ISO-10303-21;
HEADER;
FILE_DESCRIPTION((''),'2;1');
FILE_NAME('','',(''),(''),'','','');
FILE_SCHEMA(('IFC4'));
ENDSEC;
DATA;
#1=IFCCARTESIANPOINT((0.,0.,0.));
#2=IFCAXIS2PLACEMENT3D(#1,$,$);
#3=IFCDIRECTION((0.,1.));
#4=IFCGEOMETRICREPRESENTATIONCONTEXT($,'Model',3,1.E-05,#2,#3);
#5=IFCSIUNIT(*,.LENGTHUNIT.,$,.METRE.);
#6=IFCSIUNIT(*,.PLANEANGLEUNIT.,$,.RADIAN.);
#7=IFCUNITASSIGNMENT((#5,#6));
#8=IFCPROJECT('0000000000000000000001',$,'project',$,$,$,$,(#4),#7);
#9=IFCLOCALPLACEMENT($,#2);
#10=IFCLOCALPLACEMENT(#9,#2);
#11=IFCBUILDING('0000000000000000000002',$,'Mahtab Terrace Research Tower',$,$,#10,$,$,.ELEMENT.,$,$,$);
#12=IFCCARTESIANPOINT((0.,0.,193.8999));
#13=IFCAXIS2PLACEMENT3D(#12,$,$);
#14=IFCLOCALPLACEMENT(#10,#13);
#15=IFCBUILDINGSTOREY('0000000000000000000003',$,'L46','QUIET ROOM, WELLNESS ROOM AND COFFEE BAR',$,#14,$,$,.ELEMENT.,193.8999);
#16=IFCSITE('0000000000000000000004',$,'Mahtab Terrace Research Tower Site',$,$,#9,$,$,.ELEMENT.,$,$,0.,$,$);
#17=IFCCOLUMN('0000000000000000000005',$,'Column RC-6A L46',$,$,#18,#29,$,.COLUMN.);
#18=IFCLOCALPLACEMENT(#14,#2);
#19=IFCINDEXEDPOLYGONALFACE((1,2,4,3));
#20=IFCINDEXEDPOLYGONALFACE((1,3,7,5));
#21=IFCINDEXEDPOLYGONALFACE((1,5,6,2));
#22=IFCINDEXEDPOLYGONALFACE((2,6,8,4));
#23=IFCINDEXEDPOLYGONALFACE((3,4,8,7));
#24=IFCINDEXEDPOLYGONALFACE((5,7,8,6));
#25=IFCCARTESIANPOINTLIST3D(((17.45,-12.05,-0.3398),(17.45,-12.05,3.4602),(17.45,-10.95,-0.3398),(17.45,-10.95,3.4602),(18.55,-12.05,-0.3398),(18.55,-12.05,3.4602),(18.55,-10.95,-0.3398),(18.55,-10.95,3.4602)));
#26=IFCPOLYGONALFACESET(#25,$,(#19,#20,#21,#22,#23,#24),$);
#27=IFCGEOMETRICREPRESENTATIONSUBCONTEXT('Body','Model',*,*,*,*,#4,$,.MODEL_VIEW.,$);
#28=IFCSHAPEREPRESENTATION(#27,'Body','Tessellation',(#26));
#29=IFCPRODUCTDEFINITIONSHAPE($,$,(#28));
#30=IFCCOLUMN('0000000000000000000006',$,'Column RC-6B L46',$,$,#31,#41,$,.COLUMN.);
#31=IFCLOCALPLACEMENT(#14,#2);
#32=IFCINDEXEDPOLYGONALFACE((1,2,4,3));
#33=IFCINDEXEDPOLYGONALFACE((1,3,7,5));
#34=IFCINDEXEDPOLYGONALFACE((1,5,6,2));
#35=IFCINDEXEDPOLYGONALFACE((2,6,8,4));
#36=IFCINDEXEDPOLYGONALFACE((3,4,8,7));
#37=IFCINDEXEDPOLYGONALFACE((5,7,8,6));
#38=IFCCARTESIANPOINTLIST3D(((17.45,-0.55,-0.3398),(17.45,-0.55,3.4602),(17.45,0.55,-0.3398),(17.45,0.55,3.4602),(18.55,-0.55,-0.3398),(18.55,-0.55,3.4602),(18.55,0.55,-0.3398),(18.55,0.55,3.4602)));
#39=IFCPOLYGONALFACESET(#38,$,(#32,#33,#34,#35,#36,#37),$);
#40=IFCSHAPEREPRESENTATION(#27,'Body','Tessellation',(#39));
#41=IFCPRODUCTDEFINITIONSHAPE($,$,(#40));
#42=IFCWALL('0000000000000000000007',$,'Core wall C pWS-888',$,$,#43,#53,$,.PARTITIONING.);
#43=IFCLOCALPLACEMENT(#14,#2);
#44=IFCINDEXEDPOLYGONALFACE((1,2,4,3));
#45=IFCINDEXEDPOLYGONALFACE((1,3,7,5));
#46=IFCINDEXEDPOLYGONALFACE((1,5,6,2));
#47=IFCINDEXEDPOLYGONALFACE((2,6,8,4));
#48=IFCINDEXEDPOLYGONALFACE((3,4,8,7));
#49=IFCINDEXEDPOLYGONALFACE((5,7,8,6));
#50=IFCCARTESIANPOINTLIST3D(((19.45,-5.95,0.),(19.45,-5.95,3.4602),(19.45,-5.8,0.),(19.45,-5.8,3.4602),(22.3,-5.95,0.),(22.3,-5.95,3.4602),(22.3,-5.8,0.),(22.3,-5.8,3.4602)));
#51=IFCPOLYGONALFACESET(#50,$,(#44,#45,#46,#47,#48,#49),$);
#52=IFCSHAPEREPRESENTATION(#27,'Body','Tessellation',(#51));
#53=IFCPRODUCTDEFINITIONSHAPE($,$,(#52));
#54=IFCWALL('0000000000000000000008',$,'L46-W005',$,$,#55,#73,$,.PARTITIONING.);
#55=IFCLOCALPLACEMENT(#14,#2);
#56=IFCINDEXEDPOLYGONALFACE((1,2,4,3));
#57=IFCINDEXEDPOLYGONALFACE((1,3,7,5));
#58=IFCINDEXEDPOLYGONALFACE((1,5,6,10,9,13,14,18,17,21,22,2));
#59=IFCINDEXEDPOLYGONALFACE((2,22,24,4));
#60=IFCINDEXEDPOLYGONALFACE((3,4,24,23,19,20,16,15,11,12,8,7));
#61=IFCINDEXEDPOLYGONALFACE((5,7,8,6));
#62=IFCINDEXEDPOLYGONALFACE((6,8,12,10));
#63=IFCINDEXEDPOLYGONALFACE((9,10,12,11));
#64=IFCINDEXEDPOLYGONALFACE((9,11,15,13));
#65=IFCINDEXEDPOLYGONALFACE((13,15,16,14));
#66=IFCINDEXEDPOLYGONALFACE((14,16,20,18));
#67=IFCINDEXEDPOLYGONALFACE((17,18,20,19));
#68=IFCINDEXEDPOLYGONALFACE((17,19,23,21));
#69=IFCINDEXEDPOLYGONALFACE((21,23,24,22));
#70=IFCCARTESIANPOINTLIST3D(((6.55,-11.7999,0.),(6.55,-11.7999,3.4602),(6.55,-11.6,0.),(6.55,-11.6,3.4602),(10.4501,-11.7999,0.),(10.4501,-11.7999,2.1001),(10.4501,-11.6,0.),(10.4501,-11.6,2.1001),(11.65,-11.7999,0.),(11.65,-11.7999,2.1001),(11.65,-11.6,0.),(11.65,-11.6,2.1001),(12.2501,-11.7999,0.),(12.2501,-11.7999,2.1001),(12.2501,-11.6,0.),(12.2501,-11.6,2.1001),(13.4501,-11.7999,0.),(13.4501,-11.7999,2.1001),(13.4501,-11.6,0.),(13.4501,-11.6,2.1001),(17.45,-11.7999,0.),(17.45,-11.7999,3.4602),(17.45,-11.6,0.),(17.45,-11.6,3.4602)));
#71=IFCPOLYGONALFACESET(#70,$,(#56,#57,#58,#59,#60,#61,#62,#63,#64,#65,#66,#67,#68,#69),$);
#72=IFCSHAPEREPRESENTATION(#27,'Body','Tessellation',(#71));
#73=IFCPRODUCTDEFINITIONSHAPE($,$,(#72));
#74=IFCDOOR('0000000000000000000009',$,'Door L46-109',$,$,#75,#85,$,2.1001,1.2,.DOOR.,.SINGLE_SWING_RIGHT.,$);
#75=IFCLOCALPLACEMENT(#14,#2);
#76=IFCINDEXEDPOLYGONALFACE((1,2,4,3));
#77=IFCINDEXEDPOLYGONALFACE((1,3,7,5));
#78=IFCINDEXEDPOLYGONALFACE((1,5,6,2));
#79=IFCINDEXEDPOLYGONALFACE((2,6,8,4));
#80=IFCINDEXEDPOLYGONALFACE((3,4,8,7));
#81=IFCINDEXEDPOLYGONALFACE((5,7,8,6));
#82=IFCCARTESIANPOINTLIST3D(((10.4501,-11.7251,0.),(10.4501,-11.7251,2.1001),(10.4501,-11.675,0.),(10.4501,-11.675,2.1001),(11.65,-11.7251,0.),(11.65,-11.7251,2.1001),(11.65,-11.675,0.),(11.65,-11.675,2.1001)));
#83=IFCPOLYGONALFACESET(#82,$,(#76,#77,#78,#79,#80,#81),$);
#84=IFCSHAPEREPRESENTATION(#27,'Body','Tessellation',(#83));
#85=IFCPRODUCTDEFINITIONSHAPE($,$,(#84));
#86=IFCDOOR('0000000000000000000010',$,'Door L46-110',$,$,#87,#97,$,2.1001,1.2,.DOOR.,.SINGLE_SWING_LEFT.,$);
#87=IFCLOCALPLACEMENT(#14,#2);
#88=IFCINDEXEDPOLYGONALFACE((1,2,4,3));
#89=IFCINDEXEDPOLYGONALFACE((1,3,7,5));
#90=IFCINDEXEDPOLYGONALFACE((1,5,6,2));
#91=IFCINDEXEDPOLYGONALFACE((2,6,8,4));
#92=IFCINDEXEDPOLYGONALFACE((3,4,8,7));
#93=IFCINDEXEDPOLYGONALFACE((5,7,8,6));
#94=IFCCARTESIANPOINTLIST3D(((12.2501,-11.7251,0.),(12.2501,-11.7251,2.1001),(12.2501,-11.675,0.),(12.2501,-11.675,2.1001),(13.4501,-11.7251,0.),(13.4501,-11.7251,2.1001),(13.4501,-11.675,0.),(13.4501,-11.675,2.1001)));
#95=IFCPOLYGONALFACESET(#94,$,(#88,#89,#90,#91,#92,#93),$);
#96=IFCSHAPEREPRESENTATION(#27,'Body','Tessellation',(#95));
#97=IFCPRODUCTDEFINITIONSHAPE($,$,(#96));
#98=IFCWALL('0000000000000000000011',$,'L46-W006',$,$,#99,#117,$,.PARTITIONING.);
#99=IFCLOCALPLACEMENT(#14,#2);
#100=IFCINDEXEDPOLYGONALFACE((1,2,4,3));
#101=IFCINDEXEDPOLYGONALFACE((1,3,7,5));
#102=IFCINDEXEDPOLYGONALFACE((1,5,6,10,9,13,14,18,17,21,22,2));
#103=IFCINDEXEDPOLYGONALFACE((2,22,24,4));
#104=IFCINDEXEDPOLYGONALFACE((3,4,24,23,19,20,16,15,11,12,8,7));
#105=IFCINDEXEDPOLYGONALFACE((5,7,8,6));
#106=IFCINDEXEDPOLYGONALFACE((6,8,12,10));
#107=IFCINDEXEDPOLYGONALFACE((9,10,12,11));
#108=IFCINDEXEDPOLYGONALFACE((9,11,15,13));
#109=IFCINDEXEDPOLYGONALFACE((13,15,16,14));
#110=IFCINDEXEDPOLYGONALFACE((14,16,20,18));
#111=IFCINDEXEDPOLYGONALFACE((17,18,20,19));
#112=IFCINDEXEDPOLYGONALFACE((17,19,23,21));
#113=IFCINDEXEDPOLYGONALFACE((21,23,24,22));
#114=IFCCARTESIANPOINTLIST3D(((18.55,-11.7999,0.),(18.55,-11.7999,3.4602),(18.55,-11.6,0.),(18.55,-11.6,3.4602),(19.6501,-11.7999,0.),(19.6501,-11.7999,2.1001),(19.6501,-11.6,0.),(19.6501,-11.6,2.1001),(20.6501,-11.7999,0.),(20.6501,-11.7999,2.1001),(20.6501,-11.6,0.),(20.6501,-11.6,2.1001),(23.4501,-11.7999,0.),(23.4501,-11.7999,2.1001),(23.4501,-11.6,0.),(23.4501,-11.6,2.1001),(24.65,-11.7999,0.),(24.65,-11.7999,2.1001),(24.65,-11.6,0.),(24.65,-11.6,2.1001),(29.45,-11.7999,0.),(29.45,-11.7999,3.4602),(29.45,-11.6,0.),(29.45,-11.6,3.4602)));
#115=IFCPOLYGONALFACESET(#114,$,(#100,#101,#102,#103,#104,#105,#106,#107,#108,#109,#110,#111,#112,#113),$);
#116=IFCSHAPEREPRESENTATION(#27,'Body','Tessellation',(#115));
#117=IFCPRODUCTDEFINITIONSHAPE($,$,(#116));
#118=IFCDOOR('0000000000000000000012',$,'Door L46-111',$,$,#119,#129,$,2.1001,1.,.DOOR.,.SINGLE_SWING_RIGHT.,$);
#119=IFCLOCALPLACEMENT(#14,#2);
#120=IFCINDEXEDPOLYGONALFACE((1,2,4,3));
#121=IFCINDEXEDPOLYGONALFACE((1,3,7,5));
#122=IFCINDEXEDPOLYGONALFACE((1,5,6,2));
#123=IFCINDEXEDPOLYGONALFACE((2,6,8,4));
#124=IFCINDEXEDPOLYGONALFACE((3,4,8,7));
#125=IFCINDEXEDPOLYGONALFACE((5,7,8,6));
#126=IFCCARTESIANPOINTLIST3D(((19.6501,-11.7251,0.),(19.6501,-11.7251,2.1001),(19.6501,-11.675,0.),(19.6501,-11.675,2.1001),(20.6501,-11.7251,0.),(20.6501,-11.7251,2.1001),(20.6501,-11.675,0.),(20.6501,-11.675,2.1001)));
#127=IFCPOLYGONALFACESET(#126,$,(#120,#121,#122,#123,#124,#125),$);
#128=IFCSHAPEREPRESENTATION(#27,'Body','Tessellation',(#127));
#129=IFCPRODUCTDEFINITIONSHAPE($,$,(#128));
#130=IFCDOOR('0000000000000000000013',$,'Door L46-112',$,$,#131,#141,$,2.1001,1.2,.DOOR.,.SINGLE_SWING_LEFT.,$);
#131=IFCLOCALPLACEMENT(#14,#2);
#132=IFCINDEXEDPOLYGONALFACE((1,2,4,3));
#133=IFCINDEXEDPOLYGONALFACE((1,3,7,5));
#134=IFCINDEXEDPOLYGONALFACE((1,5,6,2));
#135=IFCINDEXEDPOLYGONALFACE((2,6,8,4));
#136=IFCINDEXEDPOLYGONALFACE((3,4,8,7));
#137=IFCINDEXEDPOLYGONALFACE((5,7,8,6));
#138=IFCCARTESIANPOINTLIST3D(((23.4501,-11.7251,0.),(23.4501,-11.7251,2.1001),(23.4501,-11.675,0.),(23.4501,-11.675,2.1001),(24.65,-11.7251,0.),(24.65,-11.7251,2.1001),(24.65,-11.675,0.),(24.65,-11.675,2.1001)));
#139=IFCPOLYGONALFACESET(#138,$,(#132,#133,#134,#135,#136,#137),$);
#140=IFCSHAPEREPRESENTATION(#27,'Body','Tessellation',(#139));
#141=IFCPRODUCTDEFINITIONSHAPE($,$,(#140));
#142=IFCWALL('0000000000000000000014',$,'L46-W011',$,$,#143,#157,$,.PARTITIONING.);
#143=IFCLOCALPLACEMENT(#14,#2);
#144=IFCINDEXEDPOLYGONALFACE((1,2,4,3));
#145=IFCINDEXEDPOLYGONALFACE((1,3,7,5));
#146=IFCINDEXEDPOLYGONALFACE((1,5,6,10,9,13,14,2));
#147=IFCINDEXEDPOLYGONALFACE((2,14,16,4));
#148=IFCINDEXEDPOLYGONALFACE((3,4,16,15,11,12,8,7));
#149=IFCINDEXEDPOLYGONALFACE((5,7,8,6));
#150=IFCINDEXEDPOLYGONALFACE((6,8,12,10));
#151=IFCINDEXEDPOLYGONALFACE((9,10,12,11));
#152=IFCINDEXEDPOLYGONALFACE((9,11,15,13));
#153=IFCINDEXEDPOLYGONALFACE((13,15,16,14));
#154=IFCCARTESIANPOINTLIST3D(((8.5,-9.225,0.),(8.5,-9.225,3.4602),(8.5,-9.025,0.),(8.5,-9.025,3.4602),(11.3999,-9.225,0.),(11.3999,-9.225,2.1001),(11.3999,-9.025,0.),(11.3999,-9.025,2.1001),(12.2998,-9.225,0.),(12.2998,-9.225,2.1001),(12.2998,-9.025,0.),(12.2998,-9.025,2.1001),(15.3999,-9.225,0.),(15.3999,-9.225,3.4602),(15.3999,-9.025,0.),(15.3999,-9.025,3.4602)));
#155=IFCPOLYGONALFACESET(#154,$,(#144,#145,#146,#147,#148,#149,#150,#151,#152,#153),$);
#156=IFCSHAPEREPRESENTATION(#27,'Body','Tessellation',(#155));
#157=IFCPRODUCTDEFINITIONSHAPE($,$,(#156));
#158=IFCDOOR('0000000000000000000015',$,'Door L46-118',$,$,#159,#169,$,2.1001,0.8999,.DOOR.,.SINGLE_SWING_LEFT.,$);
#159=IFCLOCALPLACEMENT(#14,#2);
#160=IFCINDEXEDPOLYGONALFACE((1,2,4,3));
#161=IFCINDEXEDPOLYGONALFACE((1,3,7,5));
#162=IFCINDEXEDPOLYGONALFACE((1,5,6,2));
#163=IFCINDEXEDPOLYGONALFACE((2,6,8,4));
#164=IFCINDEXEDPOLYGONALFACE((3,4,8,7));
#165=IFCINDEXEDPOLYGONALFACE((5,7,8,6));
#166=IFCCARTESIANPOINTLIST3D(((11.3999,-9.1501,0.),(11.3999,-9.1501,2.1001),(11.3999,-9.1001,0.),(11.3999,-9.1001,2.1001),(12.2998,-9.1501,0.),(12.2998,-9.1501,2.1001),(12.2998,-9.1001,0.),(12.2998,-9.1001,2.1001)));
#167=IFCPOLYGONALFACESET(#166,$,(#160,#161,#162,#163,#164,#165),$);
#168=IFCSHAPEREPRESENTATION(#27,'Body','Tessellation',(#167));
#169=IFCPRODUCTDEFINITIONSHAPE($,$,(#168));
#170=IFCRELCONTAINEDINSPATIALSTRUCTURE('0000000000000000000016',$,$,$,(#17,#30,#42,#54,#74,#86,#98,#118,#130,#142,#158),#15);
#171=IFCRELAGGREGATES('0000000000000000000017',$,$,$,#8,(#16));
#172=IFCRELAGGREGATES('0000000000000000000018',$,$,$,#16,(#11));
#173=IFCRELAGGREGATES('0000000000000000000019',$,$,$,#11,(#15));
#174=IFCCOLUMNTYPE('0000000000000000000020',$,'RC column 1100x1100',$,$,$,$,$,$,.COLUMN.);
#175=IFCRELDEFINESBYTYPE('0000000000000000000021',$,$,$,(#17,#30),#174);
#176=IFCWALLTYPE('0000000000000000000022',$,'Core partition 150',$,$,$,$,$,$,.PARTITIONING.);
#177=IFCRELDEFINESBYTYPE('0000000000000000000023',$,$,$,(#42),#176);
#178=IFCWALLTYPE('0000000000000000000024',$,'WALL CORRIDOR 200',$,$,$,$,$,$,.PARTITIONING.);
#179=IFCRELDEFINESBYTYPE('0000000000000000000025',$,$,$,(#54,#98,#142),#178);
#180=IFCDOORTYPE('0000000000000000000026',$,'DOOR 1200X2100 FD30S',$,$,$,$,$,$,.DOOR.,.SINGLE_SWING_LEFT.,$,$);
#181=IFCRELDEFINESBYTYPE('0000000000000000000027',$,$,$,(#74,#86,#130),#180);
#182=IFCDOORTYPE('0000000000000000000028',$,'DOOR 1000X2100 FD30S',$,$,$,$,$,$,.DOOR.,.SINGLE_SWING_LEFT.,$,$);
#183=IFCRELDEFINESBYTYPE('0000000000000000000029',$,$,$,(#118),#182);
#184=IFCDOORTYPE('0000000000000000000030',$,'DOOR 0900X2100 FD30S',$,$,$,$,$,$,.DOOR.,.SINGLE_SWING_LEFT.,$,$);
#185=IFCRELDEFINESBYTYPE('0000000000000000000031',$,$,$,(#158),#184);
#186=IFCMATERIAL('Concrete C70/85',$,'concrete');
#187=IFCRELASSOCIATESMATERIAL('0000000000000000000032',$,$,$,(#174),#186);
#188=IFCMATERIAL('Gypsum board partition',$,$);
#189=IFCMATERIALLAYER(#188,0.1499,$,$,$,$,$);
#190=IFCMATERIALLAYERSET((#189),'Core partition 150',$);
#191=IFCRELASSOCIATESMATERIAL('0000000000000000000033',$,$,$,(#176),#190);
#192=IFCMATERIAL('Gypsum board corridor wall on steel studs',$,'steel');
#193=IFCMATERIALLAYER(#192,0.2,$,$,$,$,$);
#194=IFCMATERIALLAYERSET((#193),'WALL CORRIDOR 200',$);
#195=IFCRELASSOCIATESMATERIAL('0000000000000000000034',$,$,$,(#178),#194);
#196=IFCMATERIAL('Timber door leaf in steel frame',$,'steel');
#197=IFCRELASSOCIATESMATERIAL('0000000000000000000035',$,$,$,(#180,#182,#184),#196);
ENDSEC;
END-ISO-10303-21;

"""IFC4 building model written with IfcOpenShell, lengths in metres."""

from ifc_helpers import new_model, si_unit, direction, frame, frame_2d, origin, origin_2d, place, context, subcontext, project, spatial, rectangle, extrude, material, layer, layer_set, material_profile, profile_set, type_object, element, fill, save


model = new_model("IFC4")

# Units and contexts
model_context = context("Model", 3, precision=1e-05, world=origin(), true_north=direction((0.0, 1.0)))
body_context = subcontext(model_context, "Body", "Model", "MODEL_VIEW")
ifc_project = project(units=[si_unit("LENGTHUNIT", "METRE"), si_unit("PLANEANGLEUNIT", "RADIAN")], contexts=[model_context])

# Site, building, storey
site_placement = place(None, origin())
site = spatial("IfcSite", under=ifc_project, at=site_placement, Name="Mahtab Terrace Research Tower Site", CompositionType="ELEMENT", RefElevation=0.0)
building_placement = place(site_placement, origin())
building = spatial("IfcBuilding", under=site, at=building_placement, Name="Mahtab Terrace Research Tower", CompositionType="ELEMENT")
storey_placement = place(building_placement, frame((0.0, 0.0, 193.8999)))
storey = spatial("IfcBuildingStorey", under=building, at=storey_placement, Name="L46", Description="QUIET ROOM, WELLNESS ROOM AND COFFEE BAR", CompositionType="ELEMENT", Elevation=193.8999)

# Columns
ifc_material_1 = material(Name="Concrete C70/85", Category="concrete")
ifc_material_profile = material_profile(ifc_material_1, rectangle(XDim=1.1001, YDim=1.1001, at=origin_2d()), Name="RC column 1100x1100")
ifc_profile_set = profile_set([ifc_material_profile], Name="Concrete C70/85")
column_type = type_object("IfcColumnType", Name="RC column 1100x1100", PredefinedType="COLUMN", material=ifc_profile_set)
for number, where, z_axis, x_axis, name in (
    (1, (18.0, -11.5, -0.3398), (0.0, 0.0, 1.0), (1.0, 0.0, 0.0), "Column RC-6A L46"),
    (2, (18.0, 0.0, -0.3398), (0.0, 0.0, 1.0), (1.0, 0.0, 0.0), "Column RC-6B L46"),
):
    element("IfcColumn", number, at=place(storey_placement, frame(where, z_axis=z_axis, x_axis=x_axis)), inside=storey, type_object=column_type, Name=name, PredefinedType="COLUMN", context=body_context, shape_type="SweptSolid", body=[
        extrude(rectangle(XDim=1.1001, YDim=1.1001, at=origin_2d()), origin(), (0.0, 0.0, 1.0), 3.8),
    ])

# Wall
ifc_material_2 = material(Name="Gypsum board partition")
ifc_layer_1 = layer(ifc_material_2, 0.1499)
ifc_layer_set_1 = layer_set([ifc_layer_1], Name="Core partition 150")
wall_type_1 = type_object("IfcWallType", Name="Core partition 150", PredefinedType="PARTITIONING", material=ifc_layer_set_1)
wall_1_placement = place(storey_placement, frame((19.45, -5.875, 0.0), z_axis=(0.0, 0.0, 1.0), x_axis=(1.0, 0.0, 0.0)))
element("IfcWall", 3, at=wall_1_placement, inside=storey, type_object=wall_type_1, Name="Core wall C pWS-888", PredefinedType="PARTITIONING", context=body_context, shape_type="SweptSolid", body=[
    extrude(rectangle(XDim=2.8501, YDim=0.1499, at=frame_2d((1.425, 0.0))), origin(), (0.0, 0.0, 1.0), 3.4602),
])

# Walls, openings, doors
ifc_material_3 = material(Name="Gypsum board corridor wall on steel studs", Category="steel")
ifc_layer_2 = layer(ifc_material_3, 0.2)
ifc_layer_set_2 = layer_set([ifc_layer_2], Name="WALL CORRIDOR 200")
wall_type_2 = type_object("IfcWallType", Name="WALL CORRIDOR 200", PredefinedType="PARTITIONING", material=ifc_layer_set_2)
wall_2_placement = place(storey_placement, frame((6.55, -11.7, 0.0), z_axis=(0.0, 0.0, 1.0), x_axis=(1.0, 0.0, 0.0)))
wall_2 = element("IfcWall", 4, at=wall_2_placement, inside=storey, type_object=wall_type_2, Name="L46-W005", PredefinedType="PARTITIONING", context=body_context, shape_type="SweptSolid", body=[
    extrude(rectangle(XDim=10.8999, YDim=0.2, at=frame_2d((5.45, 0.0))), origin(), (0.0, 0.0, 1.0), 3.4602),
])
opening_1_placement = place(wall_2_placement, frame((3.8999, 0.0, 0.0)))
opening_1 = element("IfcOpeningElement", 5, at=opening_1_placement, cuts=wall_2, PredefinedType="OPENING", context=body_context, shape_type="SweptSolid", body=[
    extrude(rectangle(XDim=1.2, YDim=2.1001, at=frame_2d((0.6001, 1.05))), frame((0.0, 0.1099, 0.0), z_axis=(0.0, -1.0, 0.0), x_axis=(1.0, 0.0, 0.0)), (0.0, 0.0, 1.0), 0.22),
])
opening_2_placement = place(wall_2_placement, frame((5.7, 0.0, 0.0)))
opening_2 = element("IfcOpeningElement", 6, at=opening_2_placement, cuts=wall_2, PredefinedType="OPENING", context=body_context, shape_type="SweptSolid", body=[
    extrude(rectangle(XDim=1.2, YDim=2.1001, at=frame_2d((0.6001, 1.05))), frame((0.0, 0.1099, 0.0), z_axis=(0.0, -1.0, 0.0), x_axis=(1.0, 0.0, 0.0)), (0.0, 0.0, 1.0), 0.22),
])
ifc_material_4 = material(Name="Timber door leaf in steel frame", Category="steel")
door_type_1 = type_object("IfcDoorType", Name="DOOR 1200X2100 FD30S", OperationType="SINGLE_SWING_LEFT", PredefinedType="DOOR", material=ifc_material_4)
door_1_placement = place(opening_1_placement, origin())
door_1 = element("IfcDoor", 7, at=door_1_placement, inside=storey, type_object=door_type_1, Name="Door L46-109", OperationType="SINGLE_SWING_RIGHT", OverallHeight=2.1001, OverallWidth=1.2, PredefinedType="DOOR", context=body_context, shape_type="SweptSolid", body=[
    extrude(rectangle(XDim=1.2, YDim=2.1001, at=frame_2d((0.6001, 1.05))), frame((0.0, 0.0249, 0.0), z_axis=(0.0, -1.0, 0.0), x_axis=(1.0, 0.0, 0.0)), (0.0, 0.0, 1.0), 0.05),
])
fill(opening_1, door_1)
door_2_placement = place(opening_2_placement, origin())
door_2 = element("IfcDoor", 8, at=door_2_placement, inside=storey, type_object=door_type_1, Name="Door L46-110", OperationType="SINGLE_SWING_LEFT", OverallHeight=2.1001, OverallWidth=1.2, PredefinedType="DOOR", context=body_context, shape_type="SweptSolid", body=[
    extrude(rectangle(XDim=1.2, YDim=2.1001, at=frame_2d((0.6001, 1.05))), frame((0.0, 0.0249, 0.0), z_axis=(0.0, -1.0, 0.0), x_axis=(1.0, 0.0, 0.0)), (0.0, 0.0, 1.0), 0.05),
])
fill(opening_2, door_2)
wall_3_placement = place(storey_placement, frame((18.55, -11.7, 0.0), z_axis=(0.0, 0.0, 1.0), x_axis=(1.0, 0.0, 0.0)))
wall_3 = element("IfcWall", 9, at=wall_3_placement, inside=storey, type_object=wall_type_2, Name="L46-W006", PredefinedType="PARTITIONING", context=body_context, shape_type="SweptSolid", body=[
    extrude(rectangle(XDim=10.8999, YDim=0.2, at=frame_2d((5.45, 0.0))), origin(), (0.0, 0.0, 1.0), 3.4602),
])
opening_3_placement = place(wall_3_placement, frame((1.1001, 0.0, 0.0)))
opening_3 = element("IfcOpeningElement", 10, at=opening_3_placement, cuts=wall_3, PredefinedType="OPENING", context=body_context, shape_type="SweptSolid", body=[
    extrude(rectangle(XDim=1.0, YDim=2.1001, at=frame_2d((0.5, 1.05))), frame((0.0, 0.1099, 0.0), z_axis=(0.0, -1.0, 0.0), x_axis=(1.0, 0.0, 0.0)), (0.0, 0.0, 1.0), 0.22),
])
opening_4_placement = place(wall_3_placement, frame((4.8999, 0.0, 0.0)))
opening_4 = element("IfcOpeningElement", 11, at=opening_4_placement, cuts=wall_3, PredefinedType="OPENING", context=body_context, shape_type="SweptSolid", body=[
    extrude(rectangle(XDim=1.2, YDim=2.1001, at=frame_2d((0.6001, 1.05))), frame((0.0, 0.1099, 0.0), z_axis=(0.0, -1.0, 0.0), x_axis=(1.0, 0.0, 0.0)), (0.0, 0.0, 1.0), 0.22),
])
door_type_2 = type_object("IfcDoorType", Name="DOOR 1000X2100 FD30S", OperationType="SINGLE_SWING_LEFT", PredefinedType="DOOR", material=ifc_material_4)
door_3_placement = place(opening_3_placement, origin())
door_3 = element("IfcDoor", 12, at=door_3_placement, inside=storey, type_object=door_type_2, Name="Door L46-111", OperationType="SINGLE_SWING_RIGHT", OverallHeight=2.1001, OverallWidth=1.0, PredefinedType="DOOR", context=body_context, shape_type="SweptSolid", body=[
    extrude(rectangle(XDim=1.0, YDim=2.1001, at=frame_2d((0.5, 1.05))), frame((0.0, 0.0249, 0.0), z_axis=(0.0, -1.0, 0.0), x_axis=(1.0, 0.0, 0.0)), (0.0, 0.0, 1.0), 0.05),
])
fill(opening_3, door_3)
door_4_placement = place(opening_4_placement, origin())
door_4 = element("IfcDoor", 13, at=door_4_placement, inside=storey, type_object=door_type_1, Name="Door L46-112", OperationType="SINGLE_SWING_LEFT", OverallHeight=2.1001, OverallWidth=1.2, PredefinedType="DOOR", context=body_context, shape_type="SweptSolid", body=[
    extrude(rectangle(XDim=1.2, YDim=2.1001, at=frame_2d((0.6001, 1.05))), frame((0.0, 0.0249, 0.0), z_axis=(0.0, -1.0, 0.0), x_axis=(1.0, 0.0, 0.0)), (0.0, 0.0, 1.0), 0.05),
])
fill(opening_4, door_4)

# Wall, opening, door
wall_4_placement = place(storey_placement, frame((8.5, -9.125, 0.0), z_axis=(0.0, 0.0, 1.0), x_axis=(1.0, 0.0, 0.0)))
wall_4 = element("IfcWall", 14, at=wall_4_placement, inside=storey, type_object=wall_type_2, Name="L46-W011", PredefinedType="PARTITIONING", context=body_context, shape_type="SweptSolid", body=[
    extrude(rectangle(XDim=6.8999, YDim=0.2, at=frame_2d((3.45, 0.0))), origin(), (0.0, 0.0, 1.0), 3.4602),
])
opening_5_placement = place(wall_4_placement, frame((2.8999, 0.0, 0.0)))
opening_5 = element("IfcOpeningElement", 15, at=opening_5_placement, cuts=wall_4, PredefinedType="OPENING", context=body_context, shape_type="SweptSolid", body=[
    extrude(rectangle(XDim=0.8999, YDim=2.1001, at=frame_2d((0.45, 1.05))), frame((0.0, 0.1099, 0.0), z_axis=(0.0, -1.0, 0.0), x_axis=(1.0, 0.0, 0.0)), (0.0, 0.0, 1.0), 0.22),
])
door_type_3 = type_object("IfcDoorType", Name="DOOR 0900X2100 FD30S", OperationType="SINGLE_SWING_LEFT", PredefinedType="DOOR", material=ifc_material_4)
door_5_placement = place(opening_5_placement, origin())
door_5 = element("IfcDoor", 16, at=door_5_placement, inside=storey, type_object=door_type_3, Name="Door L46-118", OperationType="SINGLE_SWING_LEFT", OverallHeight=2.1001, OverallWidth=0.8999, PredefinedType="DOOR", context=body_context, shape_type="SweptSolid", body=[
    extrude(rectangle(XDim=0.8999, YDim=2.1001, at=frame_2d((0.45, 1.05))), frame((0.0, 0.0249, 0.0), z_axis=(0.0, -1.0, 0.0), x_axis=(1.0, 0.0, 0.0)), (0.0, 0.0, 1.0), 0.05),
])
fill(opening_5, door_5)

save(model, "model.ifc")
